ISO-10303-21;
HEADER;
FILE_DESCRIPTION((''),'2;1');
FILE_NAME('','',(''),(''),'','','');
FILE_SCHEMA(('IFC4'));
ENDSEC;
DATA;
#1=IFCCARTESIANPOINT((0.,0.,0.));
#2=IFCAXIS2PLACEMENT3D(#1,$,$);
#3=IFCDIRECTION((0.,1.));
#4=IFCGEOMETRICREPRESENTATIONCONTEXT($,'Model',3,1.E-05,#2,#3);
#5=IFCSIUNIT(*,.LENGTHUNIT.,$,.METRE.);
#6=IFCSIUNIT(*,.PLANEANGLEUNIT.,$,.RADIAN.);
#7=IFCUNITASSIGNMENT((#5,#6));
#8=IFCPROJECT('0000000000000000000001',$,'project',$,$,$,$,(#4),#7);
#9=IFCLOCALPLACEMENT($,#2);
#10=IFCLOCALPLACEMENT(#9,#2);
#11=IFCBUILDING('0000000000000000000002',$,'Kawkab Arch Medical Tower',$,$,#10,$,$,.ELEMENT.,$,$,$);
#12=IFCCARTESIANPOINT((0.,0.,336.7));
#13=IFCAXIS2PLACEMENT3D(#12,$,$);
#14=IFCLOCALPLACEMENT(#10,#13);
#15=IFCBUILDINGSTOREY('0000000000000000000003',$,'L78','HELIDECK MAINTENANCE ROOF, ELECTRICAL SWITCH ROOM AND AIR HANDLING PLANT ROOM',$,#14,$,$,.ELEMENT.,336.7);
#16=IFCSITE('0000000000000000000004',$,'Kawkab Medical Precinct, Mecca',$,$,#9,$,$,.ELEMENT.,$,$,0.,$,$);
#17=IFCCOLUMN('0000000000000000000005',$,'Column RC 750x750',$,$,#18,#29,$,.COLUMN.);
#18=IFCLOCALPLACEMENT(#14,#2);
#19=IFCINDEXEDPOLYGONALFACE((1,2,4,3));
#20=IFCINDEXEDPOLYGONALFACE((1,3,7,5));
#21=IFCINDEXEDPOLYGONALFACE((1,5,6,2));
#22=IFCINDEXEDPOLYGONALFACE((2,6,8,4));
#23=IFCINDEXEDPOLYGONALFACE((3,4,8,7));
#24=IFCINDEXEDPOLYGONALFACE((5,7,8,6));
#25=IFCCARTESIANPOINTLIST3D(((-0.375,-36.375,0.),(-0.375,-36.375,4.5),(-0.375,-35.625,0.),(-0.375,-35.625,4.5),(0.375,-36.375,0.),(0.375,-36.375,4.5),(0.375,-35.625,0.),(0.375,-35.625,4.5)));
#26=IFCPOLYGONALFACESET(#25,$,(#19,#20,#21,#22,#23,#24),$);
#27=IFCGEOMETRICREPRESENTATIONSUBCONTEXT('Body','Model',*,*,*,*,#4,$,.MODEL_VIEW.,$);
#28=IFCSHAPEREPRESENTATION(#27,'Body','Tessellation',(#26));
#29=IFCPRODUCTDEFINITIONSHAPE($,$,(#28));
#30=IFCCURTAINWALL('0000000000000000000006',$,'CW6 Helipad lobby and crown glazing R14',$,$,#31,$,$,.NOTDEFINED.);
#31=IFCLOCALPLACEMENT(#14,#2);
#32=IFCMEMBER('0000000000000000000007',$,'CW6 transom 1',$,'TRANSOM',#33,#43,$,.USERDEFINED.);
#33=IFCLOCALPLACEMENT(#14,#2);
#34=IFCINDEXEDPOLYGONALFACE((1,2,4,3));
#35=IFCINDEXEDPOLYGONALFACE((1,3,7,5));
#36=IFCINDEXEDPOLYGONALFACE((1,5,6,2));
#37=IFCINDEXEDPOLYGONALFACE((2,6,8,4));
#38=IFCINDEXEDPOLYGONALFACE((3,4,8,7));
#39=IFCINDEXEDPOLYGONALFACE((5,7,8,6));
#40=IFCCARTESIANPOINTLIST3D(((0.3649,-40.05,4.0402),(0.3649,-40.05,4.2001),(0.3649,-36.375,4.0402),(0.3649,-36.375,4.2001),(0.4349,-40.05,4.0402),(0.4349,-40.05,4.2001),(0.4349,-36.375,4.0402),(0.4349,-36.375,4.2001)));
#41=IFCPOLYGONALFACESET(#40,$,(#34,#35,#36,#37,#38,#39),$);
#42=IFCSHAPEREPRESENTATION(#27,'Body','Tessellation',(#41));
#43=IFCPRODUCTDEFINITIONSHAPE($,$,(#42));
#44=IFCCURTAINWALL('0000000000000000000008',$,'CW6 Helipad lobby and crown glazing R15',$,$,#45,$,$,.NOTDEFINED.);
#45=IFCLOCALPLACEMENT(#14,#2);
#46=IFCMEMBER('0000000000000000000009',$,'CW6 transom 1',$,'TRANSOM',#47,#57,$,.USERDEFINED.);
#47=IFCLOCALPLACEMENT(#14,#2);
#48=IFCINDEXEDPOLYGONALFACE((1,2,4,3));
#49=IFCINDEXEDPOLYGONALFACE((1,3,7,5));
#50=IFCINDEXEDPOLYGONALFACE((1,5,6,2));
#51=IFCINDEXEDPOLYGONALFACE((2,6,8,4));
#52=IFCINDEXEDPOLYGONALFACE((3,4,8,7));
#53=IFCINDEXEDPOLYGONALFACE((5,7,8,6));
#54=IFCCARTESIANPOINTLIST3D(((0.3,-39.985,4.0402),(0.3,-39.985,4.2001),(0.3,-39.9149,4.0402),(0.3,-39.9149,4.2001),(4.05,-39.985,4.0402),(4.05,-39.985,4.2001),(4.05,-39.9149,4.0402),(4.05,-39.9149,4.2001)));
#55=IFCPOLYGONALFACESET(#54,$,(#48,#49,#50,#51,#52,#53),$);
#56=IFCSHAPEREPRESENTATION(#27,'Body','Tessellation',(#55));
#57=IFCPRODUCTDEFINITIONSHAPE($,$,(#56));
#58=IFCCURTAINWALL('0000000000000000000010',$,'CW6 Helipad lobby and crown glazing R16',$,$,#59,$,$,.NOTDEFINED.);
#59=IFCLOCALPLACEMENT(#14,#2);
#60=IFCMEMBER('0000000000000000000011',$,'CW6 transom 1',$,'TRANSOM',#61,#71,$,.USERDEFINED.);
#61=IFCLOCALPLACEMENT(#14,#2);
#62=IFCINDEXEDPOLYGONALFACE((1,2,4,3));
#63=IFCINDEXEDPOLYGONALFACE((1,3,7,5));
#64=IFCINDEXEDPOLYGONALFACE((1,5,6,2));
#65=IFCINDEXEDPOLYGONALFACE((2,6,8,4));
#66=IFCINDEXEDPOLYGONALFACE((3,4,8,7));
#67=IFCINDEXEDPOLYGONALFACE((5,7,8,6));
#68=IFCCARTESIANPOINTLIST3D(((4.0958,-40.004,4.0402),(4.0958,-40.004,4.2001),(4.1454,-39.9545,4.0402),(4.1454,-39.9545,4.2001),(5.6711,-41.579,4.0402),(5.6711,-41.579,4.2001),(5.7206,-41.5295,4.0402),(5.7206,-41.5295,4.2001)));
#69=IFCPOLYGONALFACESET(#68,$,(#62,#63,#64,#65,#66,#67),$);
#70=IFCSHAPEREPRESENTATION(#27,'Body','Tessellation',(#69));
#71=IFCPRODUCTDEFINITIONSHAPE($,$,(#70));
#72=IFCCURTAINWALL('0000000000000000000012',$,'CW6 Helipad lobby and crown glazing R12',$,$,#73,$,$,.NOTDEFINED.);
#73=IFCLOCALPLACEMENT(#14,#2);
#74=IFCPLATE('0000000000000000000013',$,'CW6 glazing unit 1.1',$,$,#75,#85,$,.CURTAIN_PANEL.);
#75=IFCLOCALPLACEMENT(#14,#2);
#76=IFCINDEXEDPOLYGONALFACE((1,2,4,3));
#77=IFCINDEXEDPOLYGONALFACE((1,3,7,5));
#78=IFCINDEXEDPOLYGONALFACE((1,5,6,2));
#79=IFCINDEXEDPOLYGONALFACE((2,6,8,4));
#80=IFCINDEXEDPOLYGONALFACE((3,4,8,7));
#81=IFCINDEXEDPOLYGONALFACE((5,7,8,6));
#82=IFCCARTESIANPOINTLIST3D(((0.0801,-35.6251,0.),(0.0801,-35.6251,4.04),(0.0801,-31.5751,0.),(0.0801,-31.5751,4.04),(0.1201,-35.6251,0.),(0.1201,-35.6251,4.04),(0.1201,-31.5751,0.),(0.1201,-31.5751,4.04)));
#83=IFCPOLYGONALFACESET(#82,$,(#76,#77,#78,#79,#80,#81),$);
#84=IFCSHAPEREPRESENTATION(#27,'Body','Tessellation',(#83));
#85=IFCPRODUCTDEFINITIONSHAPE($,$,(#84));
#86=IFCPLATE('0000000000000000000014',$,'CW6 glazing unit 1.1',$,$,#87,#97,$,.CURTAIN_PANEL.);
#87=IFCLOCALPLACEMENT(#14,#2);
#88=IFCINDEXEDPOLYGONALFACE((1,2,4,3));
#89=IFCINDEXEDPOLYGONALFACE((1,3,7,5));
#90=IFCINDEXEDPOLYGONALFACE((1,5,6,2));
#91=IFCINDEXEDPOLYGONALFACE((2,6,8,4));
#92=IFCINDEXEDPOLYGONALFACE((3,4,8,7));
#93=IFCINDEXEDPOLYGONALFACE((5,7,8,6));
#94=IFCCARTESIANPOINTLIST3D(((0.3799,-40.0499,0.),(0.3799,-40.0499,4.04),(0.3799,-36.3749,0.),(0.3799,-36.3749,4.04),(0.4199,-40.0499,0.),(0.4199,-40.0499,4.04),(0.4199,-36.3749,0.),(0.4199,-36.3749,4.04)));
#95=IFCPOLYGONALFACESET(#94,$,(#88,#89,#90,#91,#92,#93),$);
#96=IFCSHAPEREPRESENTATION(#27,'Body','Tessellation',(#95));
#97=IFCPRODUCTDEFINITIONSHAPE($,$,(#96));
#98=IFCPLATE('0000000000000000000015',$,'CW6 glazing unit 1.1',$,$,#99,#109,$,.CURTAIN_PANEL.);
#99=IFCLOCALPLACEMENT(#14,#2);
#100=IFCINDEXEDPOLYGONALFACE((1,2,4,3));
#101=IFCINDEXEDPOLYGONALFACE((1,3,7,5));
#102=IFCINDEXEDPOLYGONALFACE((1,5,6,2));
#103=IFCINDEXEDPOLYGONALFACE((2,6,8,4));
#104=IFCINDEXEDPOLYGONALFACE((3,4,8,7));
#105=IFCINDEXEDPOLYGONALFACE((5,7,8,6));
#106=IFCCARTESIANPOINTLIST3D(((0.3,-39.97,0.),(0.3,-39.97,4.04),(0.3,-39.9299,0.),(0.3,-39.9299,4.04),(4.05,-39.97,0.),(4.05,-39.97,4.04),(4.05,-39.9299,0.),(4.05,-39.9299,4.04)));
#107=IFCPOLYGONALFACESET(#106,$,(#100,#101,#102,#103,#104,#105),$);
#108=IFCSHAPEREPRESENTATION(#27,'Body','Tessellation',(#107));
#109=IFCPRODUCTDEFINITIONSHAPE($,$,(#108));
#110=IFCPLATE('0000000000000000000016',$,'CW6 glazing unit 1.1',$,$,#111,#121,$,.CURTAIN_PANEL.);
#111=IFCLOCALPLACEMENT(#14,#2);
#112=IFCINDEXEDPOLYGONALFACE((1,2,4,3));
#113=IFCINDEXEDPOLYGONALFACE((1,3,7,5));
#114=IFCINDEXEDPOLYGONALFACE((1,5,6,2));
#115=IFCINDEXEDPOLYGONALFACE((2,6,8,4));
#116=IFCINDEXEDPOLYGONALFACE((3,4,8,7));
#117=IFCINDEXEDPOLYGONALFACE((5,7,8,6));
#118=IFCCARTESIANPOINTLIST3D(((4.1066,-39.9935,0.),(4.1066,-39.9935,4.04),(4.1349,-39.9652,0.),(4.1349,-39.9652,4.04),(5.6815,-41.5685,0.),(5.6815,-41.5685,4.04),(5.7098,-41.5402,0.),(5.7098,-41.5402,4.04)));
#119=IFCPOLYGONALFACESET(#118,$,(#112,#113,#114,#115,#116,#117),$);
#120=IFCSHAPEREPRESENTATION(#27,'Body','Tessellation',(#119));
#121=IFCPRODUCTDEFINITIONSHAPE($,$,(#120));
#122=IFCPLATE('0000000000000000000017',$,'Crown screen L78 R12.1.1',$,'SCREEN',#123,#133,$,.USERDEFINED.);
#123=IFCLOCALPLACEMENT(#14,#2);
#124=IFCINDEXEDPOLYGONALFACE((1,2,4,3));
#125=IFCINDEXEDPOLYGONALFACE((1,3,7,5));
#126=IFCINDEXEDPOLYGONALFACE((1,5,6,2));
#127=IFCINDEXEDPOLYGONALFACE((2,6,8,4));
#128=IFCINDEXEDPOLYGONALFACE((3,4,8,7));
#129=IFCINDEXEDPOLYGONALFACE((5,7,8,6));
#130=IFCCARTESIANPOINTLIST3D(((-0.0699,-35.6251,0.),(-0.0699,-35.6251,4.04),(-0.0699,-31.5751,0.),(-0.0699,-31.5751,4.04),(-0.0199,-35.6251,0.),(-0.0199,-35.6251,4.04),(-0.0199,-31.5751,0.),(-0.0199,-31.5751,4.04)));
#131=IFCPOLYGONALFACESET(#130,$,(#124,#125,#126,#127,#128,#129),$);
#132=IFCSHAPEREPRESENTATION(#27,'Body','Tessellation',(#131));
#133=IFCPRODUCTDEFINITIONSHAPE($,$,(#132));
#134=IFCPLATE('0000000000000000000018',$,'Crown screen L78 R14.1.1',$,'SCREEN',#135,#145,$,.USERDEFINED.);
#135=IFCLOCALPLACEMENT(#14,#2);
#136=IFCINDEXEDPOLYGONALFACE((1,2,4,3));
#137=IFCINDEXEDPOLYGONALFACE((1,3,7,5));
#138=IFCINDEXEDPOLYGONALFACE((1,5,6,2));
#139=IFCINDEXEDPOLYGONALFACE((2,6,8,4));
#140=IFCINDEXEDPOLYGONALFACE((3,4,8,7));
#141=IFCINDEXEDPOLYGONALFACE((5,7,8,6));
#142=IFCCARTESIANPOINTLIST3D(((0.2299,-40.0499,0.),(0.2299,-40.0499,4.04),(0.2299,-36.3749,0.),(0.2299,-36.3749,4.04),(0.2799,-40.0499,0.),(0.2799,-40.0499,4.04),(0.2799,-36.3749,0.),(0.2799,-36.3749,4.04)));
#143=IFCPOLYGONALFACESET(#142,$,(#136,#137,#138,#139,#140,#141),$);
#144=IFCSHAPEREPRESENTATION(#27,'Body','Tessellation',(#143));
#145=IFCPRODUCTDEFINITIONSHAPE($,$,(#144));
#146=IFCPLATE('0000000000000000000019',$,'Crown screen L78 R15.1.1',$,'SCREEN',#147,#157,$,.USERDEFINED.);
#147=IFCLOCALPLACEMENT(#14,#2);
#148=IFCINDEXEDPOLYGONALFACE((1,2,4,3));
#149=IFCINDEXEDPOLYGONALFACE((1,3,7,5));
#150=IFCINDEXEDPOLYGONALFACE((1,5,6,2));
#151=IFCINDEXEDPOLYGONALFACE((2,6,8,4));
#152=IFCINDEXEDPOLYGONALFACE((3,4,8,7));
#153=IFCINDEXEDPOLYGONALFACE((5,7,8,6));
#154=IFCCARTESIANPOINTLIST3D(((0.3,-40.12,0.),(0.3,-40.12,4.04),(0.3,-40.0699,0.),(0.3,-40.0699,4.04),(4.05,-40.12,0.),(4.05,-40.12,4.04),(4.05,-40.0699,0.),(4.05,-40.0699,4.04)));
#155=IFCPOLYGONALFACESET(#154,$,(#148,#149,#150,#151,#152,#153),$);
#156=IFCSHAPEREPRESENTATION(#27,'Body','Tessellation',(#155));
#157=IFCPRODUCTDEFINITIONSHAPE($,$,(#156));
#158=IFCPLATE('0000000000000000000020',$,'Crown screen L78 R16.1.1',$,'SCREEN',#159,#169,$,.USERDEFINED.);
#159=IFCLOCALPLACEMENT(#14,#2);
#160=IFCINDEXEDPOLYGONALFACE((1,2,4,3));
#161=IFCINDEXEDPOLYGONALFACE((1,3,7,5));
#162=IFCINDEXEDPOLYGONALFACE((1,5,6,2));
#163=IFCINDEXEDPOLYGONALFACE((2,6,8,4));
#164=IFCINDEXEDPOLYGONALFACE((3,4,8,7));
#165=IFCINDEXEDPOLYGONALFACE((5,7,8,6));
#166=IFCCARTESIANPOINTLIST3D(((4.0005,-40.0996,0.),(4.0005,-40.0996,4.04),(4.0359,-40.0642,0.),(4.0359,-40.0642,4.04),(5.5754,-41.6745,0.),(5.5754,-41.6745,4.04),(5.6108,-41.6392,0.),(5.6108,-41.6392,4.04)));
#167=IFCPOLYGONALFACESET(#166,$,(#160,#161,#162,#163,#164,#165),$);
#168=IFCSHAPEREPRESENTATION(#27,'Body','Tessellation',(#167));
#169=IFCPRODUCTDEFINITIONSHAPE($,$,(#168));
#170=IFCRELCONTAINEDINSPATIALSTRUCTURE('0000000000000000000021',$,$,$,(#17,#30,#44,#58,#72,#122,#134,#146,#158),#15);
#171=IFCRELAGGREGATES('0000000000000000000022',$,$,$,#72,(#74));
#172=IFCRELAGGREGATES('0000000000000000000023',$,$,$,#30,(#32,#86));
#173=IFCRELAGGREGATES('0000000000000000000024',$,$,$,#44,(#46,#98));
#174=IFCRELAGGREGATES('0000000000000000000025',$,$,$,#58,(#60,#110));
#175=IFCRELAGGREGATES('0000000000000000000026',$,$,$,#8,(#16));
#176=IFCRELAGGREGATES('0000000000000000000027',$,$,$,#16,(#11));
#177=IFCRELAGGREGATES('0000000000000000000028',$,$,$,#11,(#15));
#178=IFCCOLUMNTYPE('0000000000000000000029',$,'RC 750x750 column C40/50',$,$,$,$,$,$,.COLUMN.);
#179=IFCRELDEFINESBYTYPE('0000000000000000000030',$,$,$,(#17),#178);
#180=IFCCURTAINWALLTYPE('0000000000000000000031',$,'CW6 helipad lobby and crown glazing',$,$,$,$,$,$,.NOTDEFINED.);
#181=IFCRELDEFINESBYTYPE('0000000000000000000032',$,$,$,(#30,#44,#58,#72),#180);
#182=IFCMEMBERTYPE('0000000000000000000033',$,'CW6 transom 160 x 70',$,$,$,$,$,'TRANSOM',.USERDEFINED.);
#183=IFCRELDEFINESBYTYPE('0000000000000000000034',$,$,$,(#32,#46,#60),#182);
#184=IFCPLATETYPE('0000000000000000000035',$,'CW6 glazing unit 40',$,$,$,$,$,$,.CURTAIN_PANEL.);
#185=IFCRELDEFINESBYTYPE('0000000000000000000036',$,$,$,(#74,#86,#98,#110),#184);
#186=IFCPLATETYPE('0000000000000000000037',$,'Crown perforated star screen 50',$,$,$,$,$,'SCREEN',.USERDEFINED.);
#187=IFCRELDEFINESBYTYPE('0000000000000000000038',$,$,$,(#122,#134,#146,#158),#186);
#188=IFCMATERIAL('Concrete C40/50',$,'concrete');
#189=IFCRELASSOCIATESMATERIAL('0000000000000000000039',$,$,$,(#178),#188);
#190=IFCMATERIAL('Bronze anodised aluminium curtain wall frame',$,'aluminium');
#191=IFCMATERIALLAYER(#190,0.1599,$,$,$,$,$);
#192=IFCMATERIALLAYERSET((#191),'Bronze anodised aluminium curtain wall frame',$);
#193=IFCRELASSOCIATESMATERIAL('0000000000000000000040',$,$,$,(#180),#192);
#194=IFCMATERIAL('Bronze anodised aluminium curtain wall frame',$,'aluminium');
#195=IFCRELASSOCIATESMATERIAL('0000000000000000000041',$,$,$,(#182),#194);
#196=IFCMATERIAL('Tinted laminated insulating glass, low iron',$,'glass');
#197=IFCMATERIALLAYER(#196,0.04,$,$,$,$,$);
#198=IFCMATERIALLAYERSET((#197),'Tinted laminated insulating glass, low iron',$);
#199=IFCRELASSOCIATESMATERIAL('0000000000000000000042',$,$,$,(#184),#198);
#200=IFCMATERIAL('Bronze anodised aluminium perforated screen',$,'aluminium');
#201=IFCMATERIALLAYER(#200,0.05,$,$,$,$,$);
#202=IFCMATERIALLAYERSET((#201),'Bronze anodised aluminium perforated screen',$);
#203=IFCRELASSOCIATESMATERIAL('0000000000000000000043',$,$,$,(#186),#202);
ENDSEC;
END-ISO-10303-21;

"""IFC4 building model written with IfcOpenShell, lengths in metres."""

from ifc_helpers import new_model, si_unit, direction, frame, origin, origin_2d, place, context, subcontext, project, spatial, rectangle, extrude, material, layer, layer_set, material_profile, profile_set, type_object, element, aggregate, save


model = new_model("IFC4")

# Units and contexts
model_context = context("Model", 3, precision=1e-05, world=origin(), true_north=direction((0.0, 1.0)))
body_context = subcontext(model_context, "Body", "Model", "MODEL_VIEW")
ifc_project = project(units=[si_unit("LENGTHUNIT", "METRE"), si_unit("PLANEANGLEUNIT", "RADIAN")], contexts=[model_context])

# Site, building, storey
site_placement = place(None, origin())
site = spatial("IfcSite", under=ifc_project, at=site_placement, Name="Kawkab Medical Precinct, Mecca", CompositionType="ELEMENT", RefElevation=0.0)
building_placement = place(site_placement, origin())
building = spatial("IfcBuilding", under=site, at=building_placement, Name="Kawkab Arch Medical Tower", CompositionType="ELEMENT")
storey_placement = place(building_placement, frame((0.0, 0.0, 336.7)))
storey = spatial("IfcBuildingStorey", under=building, at=storey_placement, Name="L78", Description="HELIDECK MAINTENANCE ROOF, ELECTRICAL SWITCH ROOM AND AIR HANDLING PLANT ROOM", CompositionType="ELEMENT", Elevation=336.7)

# Column
ifc_material_1 = material(Name="Concrete C40/50", Category="concrete")
ifc_material_profile_1 = material_profile(ifc_material_1, rectangle(XDim=0.75, YDim=0.75, at=origin_2d()), Name="RC 750x750")
ifc_profile_set_1 = profile_set([ifc_material_profile_1], Name="Concrete C40/50")
column_type = type_object("IfcColumnType", Name="RC 750x750 column C40/50", PredefinedType="COLUMN", material=ifc_profile_set_1)
column_placement = place(storey_placement, frame((0.0, -36.0, 0.0), z_axis=(0.0, 0.0, 1.0), x_axis=(1.0, 0.0, 0.0)))
element("IfcColumn", 1, at=column_placement, inside=storey, type_object=column_type, Name="Column RC 750x750", PredefinedType="COLUMN", context=body_context, shape_type="SweptSolid", body=[
    extrude(rectangle(XDim=0.75, YDim=0.75, at=origin_2d()), origin(), (0.0, 0.0, 1.0), 4.5),
])

# Curtain walls, members
ifc_material_2 = material(Name="Bronze anodised aluminium curtain wall frame", Category="aluminium")
ifc_layer_1 = layer(ifc_material_2, 0.1599)
ifc_layer_set_1 = layer_set([ifc_layer_1], Name="Bronze anodised aluminium curtain wall frame")
curtain_wall_type = type_object("IfcCurtainWallType", Name="CW6 helipad lobby and crown glazing", PredefinedType="NOTDEFINED", material=ifc_layer_set_1)
placement = place(storey_placement, origin())
curtain_wall_1 = element("IfcCurtainWall", 2, at=placement, inside=storey, type_object=curtain_wall_type, Name="CW6 Helipad lobby and crown glazing R14", PredefinedType="NOTDEFINED")
ifc_material_3 = material(Name="Bronze anodised aluminium curtain wall frame", Category="aluminium")
ifc_material_profile_2 = material_profile(ifc_material_3, rectangle(XDim=0.0701, YDim=0.1599, at=origin_2d()), Name="AL 70x160")
ifc_profile_set_2 = profile_set([ifc_material_profile_2], Name="Bronze anodised aluminium curtain wall frame")
member_type = type_object("IfcMemberType", Name="CW6 transom 160 x 70", ElementType="TRANSOM", PredefinedType="USERDEFINED", material=ifc_profile_set_2)
member_1_placement = place(storey_placement, frame((0.3999, -36.375, 4.1201), z_axis=(0.0, -1.0, 0.0), x_axis=(1.0, 0.0, 0.0)))
member_1 = element("IfcMember", 3, at=member_1_placement, type_object=member_type, Name="CW6 transom 1", ObjectType="TRANSOM", PredefinedType="USERDEFINED", context=body_context, shape_type="SweptSolid", body=[
    extrude(rectangle(XDim=0.0701, YDim=0.1599, at=origin_2d()), origin(), (0.0, 0.0, 1.0), 3.675),
])
curtain_wall_2 = element("IfcCurtainWall", 4, at=placement, inside=storey, type_object=curtain_wall_type, Name="CW6 Helipad lobby and crown glazing R15", PredefinedType="NOTDEFINED")
member_2_placement = place(storey_placement, frame((0.3, -39.95, 4.1201), z_axis=(1.0, 0.0, 0.0), x_axis=(0.0, 1.0, 0.0)))
member_2 = element("IfcMember", 5, at=member_2_placement, type_object=member_type, Name="CW6 transom 1", ObjectType="TRANSOM", PredefinedType="USERDEFINED", context=body_context, shape_type="SweptSolid", body=[
    extrude(rectangle(XDim=0.0701, YDim=0.1599, at=origin_2d()), origin(), (0.0, 0.0, 1.0), 3.75),
])
curtain_wall_3 = element("IfcCurtainWall", 6, at=placement, inside=storey, type_object=curtain_wall_type, Name="CW6 Helipad lobby and crown glazing R16", PredefinedType="NOTDEFINED")
member_3_placement = place(storey_placement, frame((4.1206, -39.9792, 4.1201), z_axis=(0.707162, -0.707052, 0.0), x_axis=(0.707052, 0.707162, 0.0)))
member_3 = element("IfcMember", 7, at=member_3_placement, type_object=member_type, Name="CW6 transom 1", ObjectType="TRANSOM", PredefinedType="USERDEFINED", context=body_context, shape_type="SweptSolid", body=[
    extrude(rectangle(XDim=0.0701, YDim=0.1599, at=origin_2d()), origin(), (0.0, 0.0, 1.0), 2.2275),
])

# Curtain wall, plate
curtain_wall_4 = element("IfcCurtainWall", 8, at=placement, inside=storey, type_object=curtain_wall_type, Name="CW6 Helipad lobby and crown glazing R12", PredefinedType="NOTDEFINED")
ifc_material_4 = material(Name="Tinted laminated insulating glass, low iron", Category="glass")
ifc_layer_2 = layer(ifc_material_4, 0.04)
ifc_layer_set_2 = layer_set([ifc_layer_2], Name="Tinted laminated insulating glass, low iron")
plate_type_1 = type_object("IfcPlateType", Name="CW6 glazing unit 40", PredefinedType="CURTAIN_PANEL", material=ifc_layer_set_2)
plate_1_placement = place(storey_placement, frame((0.1001, -33.6001, 0.0), z_axis=(0.0, 0.0, 1.0), x_axis=(0.0, -1.0, 0.0)))
plate_1 = element("IfcPlate", 9, at=plate_1_placement, type_object=plate_type_1, Name="CW6 glazing unit 1.1", PredefinedType="CURTAIN_PANEL", context=body_context, shape_type="SweptSolid", body=[
    extrude(rectangle(XDim=4.05, YDim=0.04, at=origin_2d()), origin(), (0.0, 0.0, 1.0), 4.04),
])
aggregate(curtain_wall_4, [plate_1])

# Plates
plate_2_placement = place(storey_placement, frame((0.3999, -38.2124, 0.0), z_axis=(0.0, 0.0, 1.0), x_axis=(0.0, -1.0, 0.0)))
plate_2 = element("IfcPlate", 10, at=plate_2_placement, type_object=plate_type_1, Name="CW6 glazing unit 1.1", PredefinedType="CURTAIN_PANEL", context=body_context, shape_type="SweptSolid", body=[
    extrude(rectangle(XDim=3.675, YDim=0.04, at=origin_2d()), origin(), (0.0, 0.0, 1.0), 4.04),
])
aggregate(curtain_wall_1, [member_1, plate_2])
plate_3_placement = place(storey_placement, frame((2.175, -39.95, 0.0), z_axis=(0.0, 0.0, 1.0), x_axis=(1.0, 0.0, 0.0)))
plate_3 = element("IfcPlate", 11, at=plate_3_placement, type_object=plate_type_1, Name="CW6 glazing unit 1.1", PredefinedType="CURTAIN_PANEL", context=body_context, shape_type="SweptSolid", body=[
    extrude(rectangle(XDim=3.75, YDim=0.04, at=origin_2d()), origin(), (0.0, 0.0, 1.0), 4.04),
])
aggregate(curtain_wall_2, [member_2, plate_3])
plate_4_placement = place(storey_placement, frame((4.9082, -40.7668, 0.0), z_axis=(0.0, 0.0, 1.0), x_axis=(0.707107, -0.707107, 0.0)))
plate_4 = element("IfcPlate", 12, at=plate_4_placement, type_object=plate_type_1, Name="CW6 glazing unit 1.1", PredefinedType="CURTAIN_PANEL", context=body_context, shape_type="SweptSolid", body=[
    extrude(rectangle(XDim=2.2273, YDim=0.04, at=origin_2d()), origin(), (0.0, 0.0, 1.0), 4.04),
])
aggregate(curtain_wall_3, [member_3, plate_4])

# Plates
ifc_material_5 = material(Name="Bronze anodised aluminium perforated screen", Category="aluminium")
ifc_layer_3 = layer(ifc_material_5, 0.05)
ifc_layer_set_3 = layer_set([ifc_layer_3], Name="Bronze anodised aluminium perforated screen")
plate_type_2 = type_object("IfcPlateType", Name="Crown perforated star screen 50", ElementType="SCREEN", PredefinedType="USERDEFINED", material=ifc_layer_set_3)
plate_5_placement = place(storey_placement, frame((-0.0449, -33.6001, 0.0), z_axis=(0.0, 0.0, 1.0), x_axis=(0.0, -1.0, 0.0)))
element("IfcPlate", 13, at=plate_5_placement, inside=storey, type_object=plate_type_2, Name="Crown screen L78 R12.1.1", ObjectType="SCREEN", PredefinedType="USERDEFINED", context=body_context, shape_type="SweptSolid", body=[
    extrude(rectangle(XDim=4.05, YDim=0.05, at=origin_2d()), origin(), (0.0, 0.0, 1.0), 4.04),
])
plate_6_placement = place(storey_placement, frame((0.2549, -38.2124, 0.0), z_axis=(0.0, 0.0, 1.0), x_axis=(0.0, -1.0, 0.0)))
element("IfcPlate", 14, at=plate_6_placement, inside=storey, type_object=plate_type_2, Name="Crown screen L78 R14.1.1", ObjectType="SCREEN", PredefinedType="USERDEFINED", context=body_context, shape_type="SweptSolid", body=[
    extrude(rectangle(XDim=3.675, YDim=0.05, at=origin_2d()), origin(), (0.0, 0.0, 1.0), 4.04),
])
plate_7_placement = place(storey_placement, frame((2.175, -40.095, 0.0), z_axis=(0.0, 0.0, 1.0), x_axis=(1.0, 0.0, 0.0)))
element("IfcPlate", 15, at=plate_7_placement, inside=storey, type_object=plate_type_2, Name="Crown screen L78 R15.1.1", ObjectType="SCREEN", PredefinedType="USERDEFINED", context=body_context, shape_type="SweptSolid", body=[
    extrude(rectangle(XDim=3.75, YDim=0.05, at=origin_2d()), origin(), (0.0, 0.0, 1.0), 4.04),
])
plate_8_placement = place(storey_placement, frame((4.8057, -40.8694, 0.0), z_axis=(0.0, 0.0, 1.0), x_axis=(0.707107, -0.707107, 0.0)))
element("IfcPlate", 16, at=plate_8_placement, inside=storey, type_object=plate_type_2, Name="Crown screen L78 R16.1.1", ObjectType="SCREEN", PredefinedType="USERDEFINED", context=body_context, shape_type="SweptSolid", body=[
    extrude(rectangle(XDim=2.2273, YDim=0.05, at=origin_2d()), origin(), (0.0, 0.0, 1.0), 4.04),
])

save(model, "model.ifc")
